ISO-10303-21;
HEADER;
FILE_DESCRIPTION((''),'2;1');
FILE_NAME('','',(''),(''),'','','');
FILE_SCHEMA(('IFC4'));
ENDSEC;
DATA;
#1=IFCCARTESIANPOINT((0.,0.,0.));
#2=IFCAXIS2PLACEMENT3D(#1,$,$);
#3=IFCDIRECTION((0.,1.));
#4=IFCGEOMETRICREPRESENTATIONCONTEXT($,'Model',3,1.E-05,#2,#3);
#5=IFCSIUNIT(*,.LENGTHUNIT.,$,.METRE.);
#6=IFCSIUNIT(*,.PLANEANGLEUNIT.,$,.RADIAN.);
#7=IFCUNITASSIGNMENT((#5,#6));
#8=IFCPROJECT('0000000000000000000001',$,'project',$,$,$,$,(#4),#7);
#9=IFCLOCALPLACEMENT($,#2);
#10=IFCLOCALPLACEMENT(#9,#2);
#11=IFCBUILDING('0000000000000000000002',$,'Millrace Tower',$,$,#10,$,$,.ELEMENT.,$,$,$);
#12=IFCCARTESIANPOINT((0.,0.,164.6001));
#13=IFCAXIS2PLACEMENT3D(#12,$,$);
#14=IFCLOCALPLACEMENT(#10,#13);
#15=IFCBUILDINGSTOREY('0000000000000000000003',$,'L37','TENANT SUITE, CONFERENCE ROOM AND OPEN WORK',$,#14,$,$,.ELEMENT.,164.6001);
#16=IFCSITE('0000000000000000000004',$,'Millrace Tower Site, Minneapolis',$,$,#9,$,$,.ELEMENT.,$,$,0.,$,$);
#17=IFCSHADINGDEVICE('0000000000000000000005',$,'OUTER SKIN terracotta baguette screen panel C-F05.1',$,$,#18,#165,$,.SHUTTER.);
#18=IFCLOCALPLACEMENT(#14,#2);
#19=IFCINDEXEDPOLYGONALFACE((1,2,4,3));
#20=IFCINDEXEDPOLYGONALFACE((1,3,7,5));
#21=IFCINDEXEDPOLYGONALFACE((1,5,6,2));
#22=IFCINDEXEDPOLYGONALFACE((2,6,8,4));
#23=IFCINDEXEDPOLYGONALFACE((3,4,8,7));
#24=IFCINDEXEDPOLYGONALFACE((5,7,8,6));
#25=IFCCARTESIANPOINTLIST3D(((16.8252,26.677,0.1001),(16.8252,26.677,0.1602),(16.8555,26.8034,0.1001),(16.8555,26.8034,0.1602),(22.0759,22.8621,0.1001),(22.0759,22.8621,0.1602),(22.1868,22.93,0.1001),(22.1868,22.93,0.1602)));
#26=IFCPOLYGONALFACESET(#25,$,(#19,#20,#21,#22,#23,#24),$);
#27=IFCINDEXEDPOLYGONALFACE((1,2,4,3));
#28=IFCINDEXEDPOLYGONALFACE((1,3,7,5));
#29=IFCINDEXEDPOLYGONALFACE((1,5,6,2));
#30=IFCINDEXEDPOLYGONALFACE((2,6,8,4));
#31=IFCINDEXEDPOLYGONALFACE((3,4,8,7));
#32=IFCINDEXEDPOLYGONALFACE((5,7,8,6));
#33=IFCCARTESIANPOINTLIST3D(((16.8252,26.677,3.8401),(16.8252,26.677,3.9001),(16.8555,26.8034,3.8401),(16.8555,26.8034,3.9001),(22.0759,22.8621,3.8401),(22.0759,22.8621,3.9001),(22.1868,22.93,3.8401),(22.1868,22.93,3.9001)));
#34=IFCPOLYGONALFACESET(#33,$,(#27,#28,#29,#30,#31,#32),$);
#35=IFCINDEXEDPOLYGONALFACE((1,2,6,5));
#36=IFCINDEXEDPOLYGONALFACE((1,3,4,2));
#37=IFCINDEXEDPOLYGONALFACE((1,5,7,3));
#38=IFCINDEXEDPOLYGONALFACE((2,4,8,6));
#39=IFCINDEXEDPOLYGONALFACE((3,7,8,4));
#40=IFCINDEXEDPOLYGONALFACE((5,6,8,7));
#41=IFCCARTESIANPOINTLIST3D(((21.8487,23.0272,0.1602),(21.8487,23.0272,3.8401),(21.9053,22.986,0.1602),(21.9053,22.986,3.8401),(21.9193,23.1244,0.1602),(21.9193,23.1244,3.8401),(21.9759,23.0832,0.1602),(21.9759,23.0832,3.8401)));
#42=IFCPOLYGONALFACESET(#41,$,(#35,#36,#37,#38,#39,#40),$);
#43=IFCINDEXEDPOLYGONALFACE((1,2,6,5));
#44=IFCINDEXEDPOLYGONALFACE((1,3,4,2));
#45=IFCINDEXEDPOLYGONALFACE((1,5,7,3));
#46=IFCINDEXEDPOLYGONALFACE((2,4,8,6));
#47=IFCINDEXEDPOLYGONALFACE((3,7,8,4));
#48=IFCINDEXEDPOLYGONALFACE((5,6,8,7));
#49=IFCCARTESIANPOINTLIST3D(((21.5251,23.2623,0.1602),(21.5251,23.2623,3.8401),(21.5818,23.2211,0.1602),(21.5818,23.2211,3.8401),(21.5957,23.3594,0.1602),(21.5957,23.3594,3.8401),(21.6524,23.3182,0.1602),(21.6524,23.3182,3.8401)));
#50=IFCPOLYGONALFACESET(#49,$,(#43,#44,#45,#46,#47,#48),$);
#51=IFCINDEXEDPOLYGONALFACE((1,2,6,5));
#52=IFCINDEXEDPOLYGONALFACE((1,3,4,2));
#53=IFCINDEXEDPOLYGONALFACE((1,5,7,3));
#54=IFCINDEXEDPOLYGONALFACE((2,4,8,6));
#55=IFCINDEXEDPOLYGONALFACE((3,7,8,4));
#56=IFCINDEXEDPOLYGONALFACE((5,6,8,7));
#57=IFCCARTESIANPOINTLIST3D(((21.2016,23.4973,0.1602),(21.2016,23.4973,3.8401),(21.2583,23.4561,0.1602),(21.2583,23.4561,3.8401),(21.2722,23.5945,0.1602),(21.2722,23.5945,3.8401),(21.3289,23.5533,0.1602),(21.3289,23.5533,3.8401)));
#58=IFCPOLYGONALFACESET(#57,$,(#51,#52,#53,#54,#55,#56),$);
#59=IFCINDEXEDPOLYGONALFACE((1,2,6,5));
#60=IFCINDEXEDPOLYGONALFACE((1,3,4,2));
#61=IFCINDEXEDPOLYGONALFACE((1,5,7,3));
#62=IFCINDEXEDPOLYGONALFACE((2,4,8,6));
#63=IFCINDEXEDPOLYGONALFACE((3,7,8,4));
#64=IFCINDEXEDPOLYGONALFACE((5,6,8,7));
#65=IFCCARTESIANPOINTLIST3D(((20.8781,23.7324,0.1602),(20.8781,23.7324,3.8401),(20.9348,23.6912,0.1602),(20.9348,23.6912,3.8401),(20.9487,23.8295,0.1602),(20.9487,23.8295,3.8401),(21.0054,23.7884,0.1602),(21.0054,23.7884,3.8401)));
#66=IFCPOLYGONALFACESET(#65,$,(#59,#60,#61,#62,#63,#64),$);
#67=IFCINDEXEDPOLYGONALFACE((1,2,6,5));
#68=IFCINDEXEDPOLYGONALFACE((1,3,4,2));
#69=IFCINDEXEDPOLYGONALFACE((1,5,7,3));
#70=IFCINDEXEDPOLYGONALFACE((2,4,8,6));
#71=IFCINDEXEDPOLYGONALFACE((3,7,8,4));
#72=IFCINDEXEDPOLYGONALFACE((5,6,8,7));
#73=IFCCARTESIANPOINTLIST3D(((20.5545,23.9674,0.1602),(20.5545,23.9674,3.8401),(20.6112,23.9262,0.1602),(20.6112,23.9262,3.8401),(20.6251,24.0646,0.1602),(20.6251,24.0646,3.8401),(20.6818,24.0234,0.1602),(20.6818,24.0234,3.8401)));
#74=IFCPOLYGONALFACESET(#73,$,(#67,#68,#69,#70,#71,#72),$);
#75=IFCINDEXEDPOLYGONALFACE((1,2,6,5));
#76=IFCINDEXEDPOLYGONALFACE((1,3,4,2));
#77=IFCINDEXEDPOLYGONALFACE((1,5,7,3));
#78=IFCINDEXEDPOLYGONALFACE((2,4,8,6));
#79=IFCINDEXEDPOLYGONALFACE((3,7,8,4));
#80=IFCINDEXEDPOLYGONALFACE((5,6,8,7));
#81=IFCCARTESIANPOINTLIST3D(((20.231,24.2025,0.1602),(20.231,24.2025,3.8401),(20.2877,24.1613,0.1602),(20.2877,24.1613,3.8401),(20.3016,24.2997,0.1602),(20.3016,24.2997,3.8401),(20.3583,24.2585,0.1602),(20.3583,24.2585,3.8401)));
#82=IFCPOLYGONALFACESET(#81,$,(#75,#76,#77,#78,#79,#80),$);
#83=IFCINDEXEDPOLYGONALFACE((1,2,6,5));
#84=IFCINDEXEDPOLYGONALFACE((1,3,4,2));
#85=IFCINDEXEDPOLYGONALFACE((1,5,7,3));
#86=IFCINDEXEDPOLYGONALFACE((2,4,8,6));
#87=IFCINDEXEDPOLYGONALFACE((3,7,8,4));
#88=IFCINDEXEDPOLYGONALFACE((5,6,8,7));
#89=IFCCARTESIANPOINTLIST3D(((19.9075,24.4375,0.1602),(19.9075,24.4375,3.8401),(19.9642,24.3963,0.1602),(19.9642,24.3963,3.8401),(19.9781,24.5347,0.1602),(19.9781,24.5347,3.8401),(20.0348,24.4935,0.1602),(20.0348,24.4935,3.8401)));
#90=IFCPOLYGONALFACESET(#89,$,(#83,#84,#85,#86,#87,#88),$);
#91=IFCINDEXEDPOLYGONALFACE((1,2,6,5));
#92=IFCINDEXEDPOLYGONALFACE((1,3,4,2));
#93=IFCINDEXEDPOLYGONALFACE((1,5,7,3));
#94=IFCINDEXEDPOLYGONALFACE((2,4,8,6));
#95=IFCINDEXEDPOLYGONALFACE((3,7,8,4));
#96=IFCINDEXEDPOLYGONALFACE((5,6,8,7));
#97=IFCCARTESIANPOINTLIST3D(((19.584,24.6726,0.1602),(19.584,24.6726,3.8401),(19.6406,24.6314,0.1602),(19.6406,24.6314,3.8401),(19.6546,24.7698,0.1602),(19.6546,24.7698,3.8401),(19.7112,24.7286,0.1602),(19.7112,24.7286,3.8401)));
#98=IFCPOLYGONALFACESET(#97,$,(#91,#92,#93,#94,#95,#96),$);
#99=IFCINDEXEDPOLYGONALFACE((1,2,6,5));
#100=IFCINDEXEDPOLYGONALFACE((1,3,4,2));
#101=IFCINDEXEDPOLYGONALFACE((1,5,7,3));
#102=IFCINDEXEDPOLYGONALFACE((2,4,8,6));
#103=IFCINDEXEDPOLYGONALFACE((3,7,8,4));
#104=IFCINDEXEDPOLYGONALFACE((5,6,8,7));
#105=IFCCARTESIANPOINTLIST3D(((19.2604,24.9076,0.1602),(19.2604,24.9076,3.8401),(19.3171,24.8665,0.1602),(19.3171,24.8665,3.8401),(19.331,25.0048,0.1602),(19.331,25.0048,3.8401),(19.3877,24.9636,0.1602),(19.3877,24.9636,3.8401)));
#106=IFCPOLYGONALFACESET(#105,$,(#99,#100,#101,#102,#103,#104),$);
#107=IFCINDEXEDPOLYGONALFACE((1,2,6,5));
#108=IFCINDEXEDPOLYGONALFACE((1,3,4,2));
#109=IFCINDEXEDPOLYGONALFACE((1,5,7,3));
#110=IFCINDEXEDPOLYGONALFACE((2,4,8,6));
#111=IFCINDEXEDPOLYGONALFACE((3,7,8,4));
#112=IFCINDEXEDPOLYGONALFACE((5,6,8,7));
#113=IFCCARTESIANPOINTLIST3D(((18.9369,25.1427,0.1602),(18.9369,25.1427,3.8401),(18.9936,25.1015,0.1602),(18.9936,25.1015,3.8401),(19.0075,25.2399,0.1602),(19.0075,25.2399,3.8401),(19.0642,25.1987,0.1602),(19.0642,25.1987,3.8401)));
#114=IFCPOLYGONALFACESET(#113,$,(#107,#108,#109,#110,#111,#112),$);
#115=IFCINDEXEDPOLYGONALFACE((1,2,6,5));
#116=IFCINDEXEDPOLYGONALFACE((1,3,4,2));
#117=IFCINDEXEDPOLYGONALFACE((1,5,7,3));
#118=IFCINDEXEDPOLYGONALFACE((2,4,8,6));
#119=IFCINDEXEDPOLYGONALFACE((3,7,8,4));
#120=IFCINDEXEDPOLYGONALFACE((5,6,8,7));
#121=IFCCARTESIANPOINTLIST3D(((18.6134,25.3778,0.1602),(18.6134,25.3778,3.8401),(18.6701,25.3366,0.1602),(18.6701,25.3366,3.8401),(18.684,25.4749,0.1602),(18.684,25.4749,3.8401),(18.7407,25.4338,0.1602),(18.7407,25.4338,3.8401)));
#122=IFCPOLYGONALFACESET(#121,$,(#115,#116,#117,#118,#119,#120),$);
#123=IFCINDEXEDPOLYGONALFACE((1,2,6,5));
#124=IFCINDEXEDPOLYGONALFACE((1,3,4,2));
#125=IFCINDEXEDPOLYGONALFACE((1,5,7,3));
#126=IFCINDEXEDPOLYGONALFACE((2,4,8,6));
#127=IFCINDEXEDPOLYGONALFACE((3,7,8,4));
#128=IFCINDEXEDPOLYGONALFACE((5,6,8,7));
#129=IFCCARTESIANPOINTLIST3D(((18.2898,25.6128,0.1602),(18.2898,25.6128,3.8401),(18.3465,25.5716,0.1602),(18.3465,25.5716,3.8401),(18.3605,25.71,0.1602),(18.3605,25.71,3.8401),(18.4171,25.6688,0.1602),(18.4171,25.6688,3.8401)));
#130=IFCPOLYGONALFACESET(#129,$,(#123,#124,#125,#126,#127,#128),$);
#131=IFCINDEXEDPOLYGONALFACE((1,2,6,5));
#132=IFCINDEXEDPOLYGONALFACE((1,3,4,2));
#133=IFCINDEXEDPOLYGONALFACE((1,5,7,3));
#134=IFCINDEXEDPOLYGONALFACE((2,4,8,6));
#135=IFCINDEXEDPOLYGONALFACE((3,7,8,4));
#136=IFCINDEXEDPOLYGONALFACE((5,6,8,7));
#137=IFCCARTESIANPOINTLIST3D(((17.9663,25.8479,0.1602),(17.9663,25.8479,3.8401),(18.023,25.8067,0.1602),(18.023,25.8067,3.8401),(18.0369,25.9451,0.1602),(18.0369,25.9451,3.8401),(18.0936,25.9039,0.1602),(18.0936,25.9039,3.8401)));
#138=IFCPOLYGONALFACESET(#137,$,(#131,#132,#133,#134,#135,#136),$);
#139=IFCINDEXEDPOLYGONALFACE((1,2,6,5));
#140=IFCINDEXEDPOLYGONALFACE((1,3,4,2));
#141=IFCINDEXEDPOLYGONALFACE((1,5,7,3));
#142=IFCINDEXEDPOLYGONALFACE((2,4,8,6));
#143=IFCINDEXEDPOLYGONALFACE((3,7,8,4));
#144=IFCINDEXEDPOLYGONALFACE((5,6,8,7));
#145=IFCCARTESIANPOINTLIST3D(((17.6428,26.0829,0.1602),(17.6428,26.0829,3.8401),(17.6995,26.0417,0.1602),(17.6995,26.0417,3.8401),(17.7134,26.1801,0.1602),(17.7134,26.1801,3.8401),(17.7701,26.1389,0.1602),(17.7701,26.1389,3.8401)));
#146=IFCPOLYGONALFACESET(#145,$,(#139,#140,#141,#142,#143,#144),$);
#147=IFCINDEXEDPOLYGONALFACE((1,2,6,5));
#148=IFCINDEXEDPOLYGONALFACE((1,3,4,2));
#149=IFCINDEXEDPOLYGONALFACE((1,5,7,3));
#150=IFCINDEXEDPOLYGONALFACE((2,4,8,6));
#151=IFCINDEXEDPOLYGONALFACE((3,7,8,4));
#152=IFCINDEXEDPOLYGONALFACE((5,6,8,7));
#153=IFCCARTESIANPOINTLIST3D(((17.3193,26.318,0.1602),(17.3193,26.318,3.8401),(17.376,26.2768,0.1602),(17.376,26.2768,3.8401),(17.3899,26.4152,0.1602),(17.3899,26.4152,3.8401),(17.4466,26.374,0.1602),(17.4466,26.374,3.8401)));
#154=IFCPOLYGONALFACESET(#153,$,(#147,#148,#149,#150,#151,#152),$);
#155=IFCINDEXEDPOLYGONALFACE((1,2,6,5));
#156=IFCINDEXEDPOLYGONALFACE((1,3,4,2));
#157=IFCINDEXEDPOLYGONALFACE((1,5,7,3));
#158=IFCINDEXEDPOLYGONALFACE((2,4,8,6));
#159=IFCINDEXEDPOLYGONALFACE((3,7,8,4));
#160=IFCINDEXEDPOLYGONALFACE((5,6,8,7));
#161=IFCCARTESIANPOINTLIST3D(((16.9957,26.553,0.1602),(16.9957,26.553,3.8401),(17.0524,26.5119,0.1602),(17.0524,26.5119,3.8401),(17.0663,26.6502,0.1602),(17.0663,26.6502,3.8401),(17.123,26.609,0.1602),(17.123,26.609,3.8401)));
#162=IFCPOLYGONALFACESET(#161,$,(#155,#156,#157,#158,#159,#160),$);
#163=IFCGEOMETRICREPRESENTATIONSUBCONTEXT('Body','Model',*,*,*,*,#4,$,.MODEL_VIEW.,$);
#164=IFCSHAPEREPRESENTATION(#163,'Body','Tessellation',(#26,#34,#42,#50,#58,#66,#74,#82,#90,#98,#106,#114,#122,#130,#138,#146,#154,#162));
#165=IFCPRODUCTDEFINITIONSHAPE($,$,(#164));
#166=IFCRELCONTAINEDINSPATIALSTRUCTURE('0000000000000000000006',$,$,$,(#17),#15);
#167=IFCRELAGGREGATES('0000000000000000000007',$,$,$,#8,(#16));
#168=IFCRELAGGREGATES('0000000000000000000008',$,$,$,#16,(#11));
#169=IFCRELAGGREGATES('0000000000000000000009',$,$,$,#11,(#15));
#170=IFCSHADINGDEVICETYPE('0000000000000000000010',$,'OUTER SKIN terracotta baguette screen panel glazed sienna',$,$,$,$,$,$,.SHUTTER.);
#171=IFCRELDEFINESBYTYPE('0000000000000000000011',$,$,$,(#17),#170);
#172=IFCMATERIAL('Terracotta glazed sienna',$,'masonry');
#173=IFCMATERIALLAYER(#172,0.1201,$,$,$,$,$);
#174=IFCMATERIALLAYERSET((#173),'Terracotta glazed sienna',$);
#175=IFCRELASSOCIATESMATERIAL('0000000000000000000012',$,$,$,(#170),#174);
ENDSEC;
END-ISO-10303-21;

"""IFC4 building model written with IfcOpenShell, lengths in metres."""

from ifc_helpers import new_model, entity, si_unit, direction, frame, frame_2d, origin, place, context, subcontext, project, spatial, rectangle, extrude, source, transform, mapped, material, layer, layer_set, type_object, element, save


model = new_model("IFC4")

# Units and contexts
model_context = context("Model", 3, precision=1e-05, world=origin(), true_north=direction((0.0, 1.0)))
body_context = subcontext(model_context, "Body", "Model", "MODEL_VIEW")
ifc_project = project(units=[si_unit("LENGTHUNIT", "METRE"), si_unit("PLANEANGLEUNIT", "RADIAN")], contexts=[model_context])

# Site, building, storey
site_placement = place(None, origin())
site = spatial("IfcSite", under=ifc_project, at=site_placement, Name="Millrace Tower Site, Minneapolis", CompositionType="ELEMENT", RefElevation=0.0)
building_placement = place(site_placement, origin())
building = spatial("IfcBuilding", under=site, at=building_placement, Name="Millrace Tower", CompositionType="ELEMENT")
storey_placement = place(building_placement, frame((0.0, 0.0, 164.6001)))
storey = spatial("IfcBuildingStorey", under=building, at=storey_placement, Name="L37", Description="TENANT SUITE, CONFERENCE ROOM AND OPEN WORK", CompositionType="ELEMENT", Elevation=164.6001)

# Shading device
ifc_material_1 = material(Name="Terracotta glazed sienna", Category="masonry")
ifc_layer_1 = layer(ifc_material_1, 0.1201)
ifc_layer_set_1 = layer_set([ifc_layer_1], Name="Terracotta glazed sienna")
shading_device_type = type_object("IfcShadingDeviceType", Name="OUTER SKIN terracotta baguette screen panel glazed sienna", PredefinedType="SHUTTER", material=ifc_layer_set_1)
cartesian_point_1 = entity("IfcCartesianPoint", [-3.2451, 0.0601])
shared_polyline_1 = entity("IfcPolyline", [cartesian_point_1, entity("IfcCartesianPoint", [3.2451, 0.0601]), entity("IfcCartesianPoint", [3.2949, -0.0601]), entity("IfcCartesianPoint", [-3.2949, -0.0601]), cartesian_point_1])
shared_shape_1 = source(origin(), body_context, "Body", "SweptSolid", [
    entity("IfcExtrudedAreaSolid", entity("IfcArbitraryClosedProfileDef", "AREA", None, shared_polyline_1), entity("IfcAxis2Placement3D", entity("IfcCartesianPoint", [0.0, 0.0, 0.0])), entity("IfcDirection", [0.0, 0.0, 1.0]), 0.0601),
    entity("IfcExtrudedAreaSolid", entity("IfcArbitraryClosedProfileDef", "AREA", None, shared_polyline_1), entity("IfcAxis2Placement3D", entity("IfcCartesianPoint", [0.0, 0.0, 3.74])), entity("IfcDirection", [0.0, 0.0, 1.0]), 0.0601),
    extrude(rectangle(XDim=0.0701, YDim=0.1201, at=frame_2d((-2.9993, 0.0))), frame((0.0, 0.0, 0.0601)), (0.0, 0.0, 1.0), 3.6799),
    extrude(rectangle(XDim=0.0701, YDim=0.1201, at=frame_2d((-2.5994, 0.0))), frame((0.0, 0.0, 0.0601)), (0.0, 0.0, 1.0), 3.6799),
    extrude(rectangle(XDim=0.0701, YDim=0.1201, at=frame_2d((-2.1995, 0.0))), frame((0.0, 0.0, 0.0601)), (0.0, 0.0, 1.0), 3.6799),
    extrude(rectangle(XDim=0.0701, YDim=0.1201, at=frame_2d((-1.7996, 0.0))), frame((0.0, 0.0, 0.0601)), (0.0, 0.0, 1.0), 3.6799),
    extrude(rectangle(XDim=0.0701, YDim=0.1201, at=frame_2d((-1.3997, 0.0))), frame((0.0, 0.0, 0.0601)), (0.0, 0.0, 1.0), 3.6799),
    extrude(rectangle(XDim=0.0701, YDim=0.1201, at=frame_2d((-0.9998, 0.0))), frame((0.0, 0.0, 0.0601)), (0.0, 0.0, 1.0), 3.6799),
    extrude(rectangle(XDim=0.0701, YDim=0.1201, at=frame_2d((-0.5999, 0.0))), frame((0.0, 0.0, 0.0601)), (0.0, 0.0, 1.0), 3.6799),
    extrude(rectangle(XDim=0.0701, YDim=0.1201, at=frame_2d((-0.2, 0.0))), frame((0.0, 0.0, 0.0601)), (0.0, 0.0, 1.0), 3.6799),
    extrude(rectangle(XDim=0.0701, YDim=0.1201, at=frame_2d((0.2, 0.0))), frame((0.0, 0.0, 0.0601)), (0.0, 0.0, 1.0), 3.6799),
    extrude(rectangle(XDim=0.0701, YDim=0.1201, at=frame_2d((0.5999, 0.0))), frame((0.0, 0.0, 0.0601)), (0.0, 0.0, 1.0), 3.6799),
    extrude(rectangle(XDim=0.0701, YDim=0.1201, at=frame_2d((0.9998, 0.0))), frame((0.0, 0.0, 0.0601)), (0.0, 0.0, 1.0), 3.6799),
    extrude(rectangle(XDim=0.0701, YDim=0.1201, at=frame_2d((1.3997, 0.0))), frame((0.0, 0.0, 0.0601)), (0.0, 0.0, 1.0), 3.6799),
    extrude(rectangle(XDim=0.0701, YDim=0.1201, at=frame_2d((1.7996, 0.0))), frame((0.0, 0.0, 0.0601)), (0.0, 0.0, 1.0), 3.6799),
    extrude(rectangle(XDim=0.0701, YDim=0.1201, at=frame_2d((2.1995, 0.0))), frame((0.0, 0.0, 0.0601)), (0.0, 0.0, 1.0), 3.6799),
    extrude(rectangle(XDim=0.0701, YDim=0.1201, at=frame_2d((2.5994, 0.0))), frame((0.0, 0.0, 0.0601)), (0.0, 0.0, 1.0), 3.6799),
    extrude(rectangle(XDim=0.0701, YDim=0.1201, at=frame_2d((2.9993, 0.0))), frame((0.0, 0.0, 0.0601)), (0.0, 0.0, 1.0), 3.6799),
])
shading_device_1_placement = place(storey_placement, frame((19.4858, 24.8181, 0.1001), z_axis=(0.0, 0.0, 1.0), x_axis=(-0.809017, 0.587785, 0.0)))
element("IfcShadingDevice", 1, at=shading_device_1_placement, inside=storey, type_object=shading_device_type, Name="OUTER SKIN terracotta baguette screen panel C-F05.1", PredefinedType="SHUTTER", context=body_context, shape_type="MappedRepresentation", body=[
    mapped(shared_shape_1, transform((0.0, 0.0, 0.0), scale=1.0)),
])

save(model, "model.ifc")
